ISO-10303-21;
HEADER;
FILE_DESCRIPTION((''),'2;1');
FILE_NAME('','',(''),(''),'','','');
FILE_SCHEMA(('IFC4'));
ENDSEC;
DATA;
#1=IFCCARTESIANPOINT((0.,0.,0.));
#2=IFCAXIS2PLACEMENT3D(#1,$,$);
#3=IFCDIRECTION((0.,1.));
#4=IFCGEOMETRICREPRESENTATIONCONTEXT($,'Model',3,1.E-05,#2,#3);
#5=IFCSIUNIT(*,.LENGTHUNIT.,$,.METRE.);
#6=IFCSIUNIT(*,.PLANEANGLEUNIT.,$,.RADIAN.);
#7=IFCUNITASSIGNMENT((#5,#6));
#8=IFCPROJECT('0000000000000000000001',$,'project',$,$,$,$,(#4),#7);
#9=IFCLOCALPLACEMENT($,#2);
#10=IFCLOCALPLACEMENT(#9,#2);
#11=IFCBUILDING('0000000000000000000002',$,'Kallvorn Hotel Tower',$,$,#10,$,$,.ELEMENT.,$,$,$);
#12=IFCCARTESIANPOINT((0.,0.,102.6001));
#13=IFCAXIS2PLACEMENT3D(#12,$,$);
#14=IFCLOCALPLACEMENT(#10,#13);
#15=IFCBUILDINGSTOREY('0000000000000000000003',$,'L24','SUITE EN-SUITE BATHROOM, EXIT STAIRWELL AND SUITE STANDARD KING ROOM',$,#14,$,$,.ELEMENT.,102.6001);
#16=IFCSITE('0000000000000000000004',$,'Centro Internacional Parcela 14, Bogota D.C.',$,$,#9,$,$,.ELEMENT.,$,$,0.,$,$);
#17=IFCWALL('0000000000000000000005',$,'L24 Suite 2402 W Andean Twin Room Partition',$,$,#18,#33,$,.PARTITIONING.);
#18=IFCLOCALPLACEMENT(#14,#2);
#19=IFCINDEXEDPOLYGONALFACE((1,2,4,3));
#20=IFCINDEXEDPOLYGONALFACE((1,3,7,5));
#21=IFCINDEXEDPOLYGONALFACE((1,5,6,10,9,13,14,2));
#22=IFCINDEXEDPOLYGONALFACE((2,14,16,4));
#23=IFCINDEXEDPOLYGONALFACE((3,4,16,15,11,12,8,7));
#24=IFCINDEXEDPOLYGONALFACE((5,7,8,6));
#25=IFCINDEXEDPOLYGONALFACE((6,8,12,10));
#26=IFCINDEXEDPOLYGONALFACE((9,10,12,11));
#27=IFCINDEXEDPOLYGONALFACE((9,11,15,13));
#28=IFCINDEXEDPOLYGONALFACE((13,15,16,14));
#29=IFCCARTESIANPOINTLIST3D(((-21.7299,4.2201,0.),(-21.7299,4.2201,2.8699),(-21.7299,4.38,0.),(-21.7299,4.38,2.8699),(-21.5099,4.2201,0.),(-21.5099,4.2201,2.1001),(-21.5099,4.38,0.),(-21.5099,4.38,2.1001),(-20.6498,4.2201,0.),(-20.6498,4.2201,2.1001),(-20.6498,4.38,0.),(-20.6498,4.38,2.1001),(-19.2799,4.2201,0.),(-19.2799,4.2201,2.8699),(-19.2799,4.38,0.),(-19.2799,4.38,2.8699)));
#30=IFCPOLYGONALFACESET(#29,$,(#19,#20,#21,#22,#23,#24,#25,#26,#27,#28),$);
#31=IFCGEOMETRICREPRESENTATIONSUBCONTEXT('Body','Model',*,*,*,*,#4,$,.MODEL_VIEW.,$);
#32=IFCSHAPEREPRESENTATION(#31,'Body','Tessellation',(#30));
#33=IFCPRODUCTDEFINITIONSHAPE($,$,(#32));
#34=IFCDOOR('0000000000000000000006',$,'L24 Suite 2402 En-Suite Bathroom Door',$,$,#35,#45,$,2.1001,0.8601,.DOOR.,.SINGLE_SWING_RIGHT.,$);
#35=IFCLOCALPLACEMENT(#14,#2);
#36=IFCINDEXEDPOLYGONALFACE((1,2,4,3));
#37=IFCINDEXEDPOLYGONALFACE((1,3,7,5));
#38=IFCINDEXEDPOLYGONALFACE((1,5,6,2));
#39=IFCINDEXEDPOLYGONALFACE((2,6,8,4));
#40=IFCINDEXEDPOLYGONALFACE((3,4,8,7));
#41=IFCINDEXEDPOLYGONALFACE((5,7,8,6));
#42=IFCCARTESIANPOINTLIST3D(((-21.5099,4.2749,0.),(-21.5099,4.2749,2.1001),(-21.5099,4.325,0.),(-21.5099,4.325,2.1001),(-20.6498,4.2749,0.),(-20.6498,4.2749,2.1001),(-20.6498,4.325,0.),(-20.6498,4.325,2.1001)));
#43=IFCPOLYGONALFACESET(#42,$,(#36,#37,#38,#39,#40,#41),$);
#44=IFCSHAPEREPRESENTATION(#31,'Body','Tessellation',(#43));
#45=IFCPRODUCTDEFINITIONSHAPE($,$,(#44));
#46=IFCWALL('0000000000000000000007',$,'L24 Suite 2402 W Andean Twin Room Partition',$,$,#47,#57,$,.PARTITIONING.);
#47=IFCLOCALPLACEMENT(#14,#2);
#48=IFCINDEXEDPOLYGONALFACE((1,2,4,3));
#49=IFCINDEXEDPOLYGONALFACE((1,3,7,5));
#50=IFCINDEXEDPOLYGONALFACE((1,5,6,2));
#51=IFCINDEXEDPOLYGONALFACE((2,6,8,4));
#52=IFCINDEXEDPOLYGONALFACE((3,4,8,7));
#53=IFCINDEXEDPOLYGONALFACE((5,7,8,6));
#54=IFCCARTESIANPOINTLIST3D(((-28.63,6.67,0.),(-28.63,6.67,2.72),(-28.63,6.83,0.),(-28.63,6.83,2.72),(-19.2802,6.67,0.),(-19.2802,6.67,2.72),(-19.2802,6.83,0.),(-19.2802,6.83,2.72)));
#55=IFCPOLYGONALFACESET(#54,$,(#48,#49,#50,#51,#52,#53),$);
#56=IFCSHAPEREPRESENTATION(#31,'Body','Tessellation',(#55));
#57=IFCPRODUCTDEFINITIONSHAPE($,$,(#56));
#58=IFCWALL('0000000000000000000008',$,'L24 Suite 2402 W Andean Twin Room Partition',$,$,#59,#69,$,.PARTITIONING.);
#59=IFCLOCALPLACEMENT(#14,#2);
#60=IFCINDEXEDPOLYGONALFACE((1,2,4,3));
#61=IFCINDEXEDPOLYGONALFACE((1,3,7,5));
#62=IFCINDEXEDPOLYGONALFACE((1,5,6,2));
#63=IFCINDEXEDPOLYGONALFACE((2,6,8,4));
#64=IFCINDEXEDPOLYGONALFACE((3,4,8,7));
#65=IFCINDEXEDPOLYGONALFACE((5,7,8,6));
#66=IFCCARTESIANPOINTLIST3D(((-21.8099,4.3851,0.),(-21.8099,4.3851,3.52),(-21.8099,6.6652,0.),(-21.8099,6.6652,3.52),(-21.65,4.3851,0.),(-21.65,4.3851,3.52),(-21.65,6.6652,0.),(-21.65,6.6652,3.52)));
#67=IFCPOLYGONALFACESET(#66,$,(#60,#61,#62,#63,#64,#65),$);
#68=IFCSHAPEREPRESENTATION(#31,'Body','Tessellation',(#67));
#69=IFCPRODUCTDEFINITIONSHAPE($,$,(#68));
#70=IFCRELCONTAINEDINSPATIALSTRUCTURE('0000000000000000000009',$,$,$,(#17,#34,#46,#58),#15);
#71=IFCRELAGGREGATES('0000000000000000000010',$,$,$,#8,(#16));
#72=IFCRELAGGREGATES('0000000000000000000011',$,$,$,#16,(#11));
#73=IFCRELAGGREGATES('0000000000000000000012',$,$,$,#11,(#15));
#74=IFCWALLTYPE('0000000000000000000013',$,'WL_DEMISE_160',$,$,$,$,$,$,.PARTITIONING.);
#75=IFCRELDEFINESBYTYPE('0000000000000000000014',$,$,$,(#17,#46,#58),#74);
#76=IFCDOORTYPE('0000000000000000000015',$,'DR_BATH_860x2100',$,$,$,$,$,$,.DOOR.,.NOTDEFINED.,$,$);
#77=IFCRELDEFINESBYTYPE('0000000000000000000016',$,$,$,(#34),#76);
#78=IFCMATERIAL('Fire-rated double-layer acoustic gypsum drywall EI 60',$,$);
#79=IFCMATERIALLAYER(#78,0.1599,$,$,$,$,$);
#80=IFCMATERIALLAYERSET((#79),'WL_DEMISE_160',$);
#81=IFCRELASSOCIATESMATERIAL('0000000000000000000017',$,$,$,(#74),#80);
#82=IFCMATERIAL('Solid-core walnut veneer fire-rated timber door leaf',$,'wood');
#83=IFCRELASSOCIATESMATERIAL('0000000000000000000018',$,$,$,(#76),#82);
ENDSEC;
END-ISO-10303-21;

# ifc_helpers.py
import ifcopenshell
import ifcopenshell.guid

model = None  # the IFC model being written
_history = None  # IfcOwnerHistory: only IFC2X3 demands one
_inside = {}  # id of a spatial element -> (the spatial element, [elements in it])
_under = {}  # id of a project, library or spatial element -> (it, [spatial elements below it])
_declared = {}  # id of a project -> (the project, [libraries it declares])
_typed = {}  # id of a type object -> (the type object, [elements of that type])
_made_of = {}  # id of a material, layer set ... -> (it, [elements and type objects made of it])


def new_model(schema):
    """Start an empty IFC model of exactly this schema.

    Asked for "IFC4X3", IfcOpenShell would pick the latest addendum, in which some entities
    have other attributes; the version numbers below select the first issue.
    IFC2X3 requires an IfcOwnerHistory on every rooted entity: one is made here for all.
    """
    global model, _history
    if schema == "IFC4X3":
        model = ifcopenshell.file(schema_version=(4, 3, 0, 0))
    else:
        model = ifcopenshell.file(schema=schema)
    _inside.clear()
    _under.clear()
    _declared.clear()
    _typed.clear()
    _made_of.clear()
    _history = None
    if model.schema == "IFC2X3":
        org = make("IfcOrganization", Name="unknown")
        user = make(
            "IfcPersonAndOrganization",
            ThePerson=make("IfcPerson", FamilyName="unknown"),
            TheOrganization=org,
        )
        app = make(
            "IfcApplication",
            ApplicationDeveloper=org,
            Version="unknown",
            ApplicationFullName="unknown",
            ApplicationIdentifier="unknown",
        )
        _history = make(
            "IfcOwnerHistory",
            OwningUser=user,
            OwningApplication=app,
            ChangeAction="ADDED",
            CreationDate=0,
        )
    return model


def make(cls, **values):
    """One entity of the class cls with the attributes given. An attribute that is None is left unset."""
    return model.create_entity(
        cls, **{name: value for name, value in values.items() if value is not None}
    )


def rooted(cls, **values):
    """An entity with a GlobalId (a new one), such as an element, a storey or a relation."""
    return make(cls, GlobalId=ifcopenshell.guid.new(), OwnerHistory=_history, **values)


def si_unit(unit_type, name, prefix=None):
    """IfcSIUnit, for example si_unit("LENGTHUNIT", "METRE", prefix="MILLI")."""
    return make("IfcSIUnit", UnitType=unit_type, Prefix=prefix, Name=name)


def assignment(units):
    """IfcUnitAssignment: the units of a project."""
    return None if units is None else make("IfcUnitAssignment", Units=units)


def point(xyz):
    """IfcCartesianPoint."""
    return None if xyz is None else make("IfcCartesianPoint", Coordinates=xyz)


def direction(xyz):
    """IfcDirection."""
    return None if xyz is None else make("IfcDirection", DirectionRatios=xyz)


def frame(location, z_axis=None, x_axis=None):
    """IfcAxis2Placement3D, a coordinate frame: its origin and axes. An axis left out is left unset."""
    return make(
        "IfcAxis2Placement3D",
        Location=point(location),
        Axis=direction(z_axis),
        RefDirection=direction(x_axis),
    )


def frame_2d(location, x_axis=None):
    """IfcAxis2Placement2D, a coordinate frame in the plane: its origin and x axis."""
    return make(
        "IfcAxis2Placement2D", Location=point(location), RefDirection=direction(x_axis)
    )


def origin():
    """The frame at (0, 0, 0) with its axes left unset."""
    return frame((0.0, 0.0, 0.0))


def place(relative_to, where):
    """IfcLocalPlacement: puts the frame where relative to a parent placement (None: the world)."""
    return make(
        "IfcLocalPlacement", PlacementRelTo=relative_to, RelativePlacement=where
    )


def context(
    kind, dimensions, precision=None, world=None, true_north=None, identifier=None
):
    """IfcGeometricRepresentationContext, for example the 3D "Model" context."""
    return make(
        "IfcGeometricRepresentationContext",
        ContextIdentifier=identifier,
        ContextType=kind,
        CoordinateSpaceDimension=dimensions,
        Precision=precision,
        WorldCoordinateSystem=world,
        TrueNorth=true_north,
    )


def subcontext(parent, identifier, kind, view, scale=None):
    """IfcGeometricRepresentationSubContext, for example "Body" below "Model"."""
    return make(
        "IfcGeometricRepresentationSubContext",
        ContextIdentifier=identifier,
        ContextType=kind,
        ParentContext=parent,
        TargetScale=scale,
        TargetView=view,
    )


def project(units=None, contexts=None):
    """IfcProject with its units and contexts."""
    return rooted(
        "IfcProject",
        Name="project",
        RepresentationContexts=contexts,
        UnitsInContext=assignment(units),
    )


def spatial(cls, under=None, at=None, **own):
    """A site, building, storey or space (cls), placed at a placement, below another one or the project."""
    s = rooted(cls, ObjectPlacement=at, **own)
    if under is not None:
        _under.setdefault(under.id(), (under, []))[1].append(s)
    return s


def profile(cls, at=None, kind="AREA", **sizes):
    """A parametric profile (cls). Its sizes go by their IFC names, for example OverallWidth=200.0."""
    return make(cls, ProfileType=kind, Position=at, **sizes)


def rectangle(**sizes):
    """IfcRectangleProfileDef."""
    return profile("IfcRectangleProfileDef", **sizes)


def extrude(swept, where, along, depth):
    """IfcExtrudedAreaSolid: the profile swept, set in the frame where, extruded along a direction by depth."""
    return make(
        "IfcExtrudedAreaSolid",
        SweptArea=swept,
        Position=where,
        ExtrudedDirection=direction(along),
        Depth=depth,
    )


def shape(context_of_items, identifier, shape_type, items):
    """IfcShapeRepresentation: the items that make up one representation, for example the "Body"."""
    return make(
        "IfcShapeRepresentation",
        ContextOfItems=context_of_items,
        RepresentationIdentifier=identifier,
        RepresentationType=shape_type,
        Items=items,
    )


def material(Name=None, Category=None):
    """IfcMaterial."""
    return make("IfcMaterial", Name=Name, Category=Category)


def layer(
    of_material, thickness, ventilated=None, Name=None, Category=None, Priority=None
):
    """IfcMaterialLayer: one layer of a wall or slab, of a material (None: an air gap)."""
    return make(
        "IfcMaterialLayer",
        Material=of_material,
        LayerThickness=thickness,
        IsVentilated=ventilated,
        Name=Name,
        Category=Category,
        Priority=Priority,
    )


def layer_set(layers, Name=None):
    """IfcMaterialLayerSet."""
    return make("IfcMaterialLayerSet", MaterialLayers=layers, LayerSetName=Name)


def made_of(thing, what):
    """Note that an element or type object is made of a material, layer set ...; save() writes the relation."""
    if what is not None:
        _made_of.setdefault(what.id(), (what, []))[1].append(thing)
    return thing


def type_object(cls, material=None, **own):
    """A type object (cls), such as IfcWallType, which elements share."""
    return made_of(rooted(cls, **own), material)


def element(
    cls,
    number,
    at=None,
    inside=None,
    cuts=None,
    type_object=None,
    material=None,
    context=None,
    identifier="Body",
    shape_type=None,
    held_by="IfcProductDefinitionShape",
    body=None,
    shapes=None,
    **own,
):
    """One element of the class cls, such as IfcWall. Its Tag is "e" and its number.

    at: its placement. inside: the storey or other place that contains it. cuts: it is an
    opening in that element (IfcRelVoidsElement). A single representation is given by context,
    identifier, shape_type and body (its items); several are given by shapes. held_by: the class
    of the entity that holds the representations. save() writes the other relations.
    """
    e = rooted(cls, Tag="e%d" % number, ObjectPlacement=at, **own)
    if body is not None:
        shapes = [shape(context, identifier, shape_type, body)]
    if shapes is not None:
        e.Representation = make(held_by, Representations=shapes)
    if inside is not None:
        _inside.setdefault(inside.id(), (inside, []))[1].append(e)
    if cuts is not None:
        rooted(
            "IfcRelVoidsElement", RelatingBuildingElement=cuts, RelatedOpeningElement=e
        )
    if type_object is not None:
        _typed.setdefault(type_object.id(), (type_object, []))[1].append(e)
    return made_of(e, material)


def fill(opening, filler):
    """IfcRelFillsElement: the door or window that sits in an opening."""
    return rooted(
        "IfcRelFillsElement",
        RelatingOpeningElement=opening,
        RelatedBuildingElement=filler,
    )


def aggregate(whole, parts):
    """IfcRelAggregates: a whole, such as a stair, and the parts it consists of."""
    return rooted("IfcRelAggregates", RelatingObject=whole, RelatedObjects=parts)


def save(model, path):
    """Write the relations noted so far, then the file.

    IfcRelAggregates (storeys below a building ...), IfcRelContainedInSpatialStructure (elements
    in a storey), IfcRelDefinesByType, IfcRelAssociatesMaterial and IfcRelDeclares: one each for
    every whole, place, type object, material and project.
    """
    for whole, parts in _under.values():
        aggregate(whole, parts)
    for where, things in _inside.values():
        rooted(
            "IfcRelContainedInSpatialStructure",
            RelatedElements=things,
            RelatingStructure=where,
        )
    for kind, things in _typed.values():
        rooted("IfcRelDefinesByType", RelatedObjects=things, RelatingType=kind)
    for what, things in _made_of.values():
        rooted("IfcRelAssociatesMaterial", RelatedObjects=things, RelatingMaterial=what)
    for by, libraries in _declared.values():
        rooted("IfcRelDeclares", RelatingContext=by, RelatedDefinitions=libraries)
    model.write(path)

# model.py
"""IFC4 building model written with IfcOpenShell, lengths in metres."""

from ifc_helpers import new_model, si_unit, direction, frame, frame_2d, origin, place, context, subcontext, project, spatial, rectangle, extrude, material, layer, layer_set, type_object, element, fill, save


model = new_model("IFC4")

# Units and contexts
model_context = context("Model", 3, precision=1e-05, world=origin(), true_north=direction((0.0, 1.0)))
body_context = subcontext(model_context, "Body", "Model", "MODEL_VIEW")
ifc_project = project(units=[si_unit("LENGTHUNIT", "METRE"), si_unit("PLANEANGLEUNIT", "RADIAN")], contexts=[model_context])

# Site, building, storey
site_placement = place(None, origin())
site = spatial("IfcSite", under=ifc_project, at=site_placement, Name="Centro Internacional Parcela 14, Bogota D.C.", CompositionType="ELEMENT", RefElevation=0.0)
building_placement = place(site_placement, origin())
building = spatial("IfcBuilding", under=site, at=building_placement, Name="Kallvorn Hotel Tower", CompositionType="ELEMENT")
storey_placement = place(building_placement, frame((0.0, 0.0, 102.6001)))
storey = spatial("IfcBuildingStorey", under=building, at=storey_placement, Name="L24", Description="SUITE EN-SUITE BATHROOM, EXIT STAIRWELL AND SUITE STANDARD KING ROOM", CompositionType="ELEMENT", Elevation=102.6001)

# Wall, opening, door
ifc_material_1 = material(Name="Fire-rated double-layer acoustic gypsum drywall EI 60")
ifc_layer_1 = layer(ifc_material_1, 0.1599)
ifc_layer_set_1 = layer_set([ifc_layer_1], Name="WL_DEMISE_160")
wall_type = type_object("IfcWallType", Name="WL_DEMISE_160", PredefinedType="PARTITIONING", material=ifc_layer_set_1)
wall_1_placement = place(storey_placement, frame((-21.73, 4.3, 0.0), z_axis=(0.0, 0.0, 1.0), x_axis=(1.0, 0.0, 0.0)))
wall_1 = element("IfcWall", 1, at=wall_1_placement, inside=storey, type_object=wall_type, Name="L24 Suite 2402 W Andean Twin Room Partition", PredefinedType="PARTITIONING", context=body_context, shape_type="SweptSolid", body=[
    extrude(rectangle(XDim=2.45, YDim=0.1599, at=frame_2d((1.2251, 0.0))), origin(), (0.0, 0.0, 1.0), 2.8699),
])
opening_placement = place(wall_1_placement, frame((0.22, 0.0, 0.0)))
opening = element("IfcOpeningElement", 2, at=opening_placement, cuts=wall_1, PredefinedType="OPENING", context=body_context, shape_type="SweptSolid", body=[
    extrude(rectangle(XDim=0.8601, YDim=2.1001, at=frame_2d((0.4302, 1.05))), frame((0.0, 0.095, 0.0), z_axis=(0.0, -1.0, 0.0), x_axis=(1.0, 0.0, 0.0)), (0.0, 0.0, 1.0), 0.1899),
])
ifc_material_2 = material(Name="Solid-core walnut veneer fire-rated timber door leaf", Category="wood")
door_type = type_object("IfcDoorType", Name="DR_BATH_860x2100", OperationType="NOTDEFINED", PredefinedType="DOOR", material=ifc_material_2)
door_placement = place(opening_placement, origin())
door = element("IfcDoor", 3, at=door_placement, inside=storey, type_object=door_type, Name="L24 Suite 2402 En-Suite Bathroom Door", OperationType="SINGLE_SWING_RIGHT", OverallHeight=2.1001, OverallWidth=0.8601, PredefinedType="DOOR", context=body_context, shape_type="SweptSolid", body=[
    extrude(rectangle(XDim=0.8601, YDim=2.1001, at=frame_2d((0.4302, 1.05))), frame((0.0, 0.0249, 0.0), z_axis=(0.0, -1.0, 0.0), x_axis=(1.0, 0.0, 0.0)), (0.0, 0.0, 1.0), 0.05),
])
fill(opening, door)

# Walls
wall_2_placement = place(storey_placement, frame((-28.6299, 6.75, 0.0), z_axis=(0.0, 0.0, 1.0), x_axis=(1.0, 0.0, 0.0)))
element("IfcWall", 4, at=wall_2_placement, inside=storey, type_object=wall_type, Name="L24 Suite 2402 W Andean Twin Room Partition", PredefinedType="PARTITIONING", context=body_context, shape_type="SweptSolid", body=[
    extrude(rectangle(XDim=9.3499, YDim=0.1599, at=frame_2d((4.6748, 0.0))), origin(), (0.0, 0.0, 1.0), 2.72),
])
wall_3_placement = place(storey_placement, frame((-21.73, 4.385, 0.0), z_axis=(0.0, 0.0, 1.0), x_axis=(0.0, 1.0, 0.0)))
element("IfcWall", 5, at=wall_3_placement, inside=storey, type_object=wall_type, Name="L24 Suite 2402 W Andean Twin Room Partition", PredefinedType="PARTITIONING", context=body_context, shape_type="SweptSolid", body=[
    extrude(rectangle(XDim=2.28, YDim=0.1599, at=frame_2d((1.1401, 0.0))), origin(), (0.0, 0.0, 1.0), 3.52),
])

save(model, "model.ifc")
